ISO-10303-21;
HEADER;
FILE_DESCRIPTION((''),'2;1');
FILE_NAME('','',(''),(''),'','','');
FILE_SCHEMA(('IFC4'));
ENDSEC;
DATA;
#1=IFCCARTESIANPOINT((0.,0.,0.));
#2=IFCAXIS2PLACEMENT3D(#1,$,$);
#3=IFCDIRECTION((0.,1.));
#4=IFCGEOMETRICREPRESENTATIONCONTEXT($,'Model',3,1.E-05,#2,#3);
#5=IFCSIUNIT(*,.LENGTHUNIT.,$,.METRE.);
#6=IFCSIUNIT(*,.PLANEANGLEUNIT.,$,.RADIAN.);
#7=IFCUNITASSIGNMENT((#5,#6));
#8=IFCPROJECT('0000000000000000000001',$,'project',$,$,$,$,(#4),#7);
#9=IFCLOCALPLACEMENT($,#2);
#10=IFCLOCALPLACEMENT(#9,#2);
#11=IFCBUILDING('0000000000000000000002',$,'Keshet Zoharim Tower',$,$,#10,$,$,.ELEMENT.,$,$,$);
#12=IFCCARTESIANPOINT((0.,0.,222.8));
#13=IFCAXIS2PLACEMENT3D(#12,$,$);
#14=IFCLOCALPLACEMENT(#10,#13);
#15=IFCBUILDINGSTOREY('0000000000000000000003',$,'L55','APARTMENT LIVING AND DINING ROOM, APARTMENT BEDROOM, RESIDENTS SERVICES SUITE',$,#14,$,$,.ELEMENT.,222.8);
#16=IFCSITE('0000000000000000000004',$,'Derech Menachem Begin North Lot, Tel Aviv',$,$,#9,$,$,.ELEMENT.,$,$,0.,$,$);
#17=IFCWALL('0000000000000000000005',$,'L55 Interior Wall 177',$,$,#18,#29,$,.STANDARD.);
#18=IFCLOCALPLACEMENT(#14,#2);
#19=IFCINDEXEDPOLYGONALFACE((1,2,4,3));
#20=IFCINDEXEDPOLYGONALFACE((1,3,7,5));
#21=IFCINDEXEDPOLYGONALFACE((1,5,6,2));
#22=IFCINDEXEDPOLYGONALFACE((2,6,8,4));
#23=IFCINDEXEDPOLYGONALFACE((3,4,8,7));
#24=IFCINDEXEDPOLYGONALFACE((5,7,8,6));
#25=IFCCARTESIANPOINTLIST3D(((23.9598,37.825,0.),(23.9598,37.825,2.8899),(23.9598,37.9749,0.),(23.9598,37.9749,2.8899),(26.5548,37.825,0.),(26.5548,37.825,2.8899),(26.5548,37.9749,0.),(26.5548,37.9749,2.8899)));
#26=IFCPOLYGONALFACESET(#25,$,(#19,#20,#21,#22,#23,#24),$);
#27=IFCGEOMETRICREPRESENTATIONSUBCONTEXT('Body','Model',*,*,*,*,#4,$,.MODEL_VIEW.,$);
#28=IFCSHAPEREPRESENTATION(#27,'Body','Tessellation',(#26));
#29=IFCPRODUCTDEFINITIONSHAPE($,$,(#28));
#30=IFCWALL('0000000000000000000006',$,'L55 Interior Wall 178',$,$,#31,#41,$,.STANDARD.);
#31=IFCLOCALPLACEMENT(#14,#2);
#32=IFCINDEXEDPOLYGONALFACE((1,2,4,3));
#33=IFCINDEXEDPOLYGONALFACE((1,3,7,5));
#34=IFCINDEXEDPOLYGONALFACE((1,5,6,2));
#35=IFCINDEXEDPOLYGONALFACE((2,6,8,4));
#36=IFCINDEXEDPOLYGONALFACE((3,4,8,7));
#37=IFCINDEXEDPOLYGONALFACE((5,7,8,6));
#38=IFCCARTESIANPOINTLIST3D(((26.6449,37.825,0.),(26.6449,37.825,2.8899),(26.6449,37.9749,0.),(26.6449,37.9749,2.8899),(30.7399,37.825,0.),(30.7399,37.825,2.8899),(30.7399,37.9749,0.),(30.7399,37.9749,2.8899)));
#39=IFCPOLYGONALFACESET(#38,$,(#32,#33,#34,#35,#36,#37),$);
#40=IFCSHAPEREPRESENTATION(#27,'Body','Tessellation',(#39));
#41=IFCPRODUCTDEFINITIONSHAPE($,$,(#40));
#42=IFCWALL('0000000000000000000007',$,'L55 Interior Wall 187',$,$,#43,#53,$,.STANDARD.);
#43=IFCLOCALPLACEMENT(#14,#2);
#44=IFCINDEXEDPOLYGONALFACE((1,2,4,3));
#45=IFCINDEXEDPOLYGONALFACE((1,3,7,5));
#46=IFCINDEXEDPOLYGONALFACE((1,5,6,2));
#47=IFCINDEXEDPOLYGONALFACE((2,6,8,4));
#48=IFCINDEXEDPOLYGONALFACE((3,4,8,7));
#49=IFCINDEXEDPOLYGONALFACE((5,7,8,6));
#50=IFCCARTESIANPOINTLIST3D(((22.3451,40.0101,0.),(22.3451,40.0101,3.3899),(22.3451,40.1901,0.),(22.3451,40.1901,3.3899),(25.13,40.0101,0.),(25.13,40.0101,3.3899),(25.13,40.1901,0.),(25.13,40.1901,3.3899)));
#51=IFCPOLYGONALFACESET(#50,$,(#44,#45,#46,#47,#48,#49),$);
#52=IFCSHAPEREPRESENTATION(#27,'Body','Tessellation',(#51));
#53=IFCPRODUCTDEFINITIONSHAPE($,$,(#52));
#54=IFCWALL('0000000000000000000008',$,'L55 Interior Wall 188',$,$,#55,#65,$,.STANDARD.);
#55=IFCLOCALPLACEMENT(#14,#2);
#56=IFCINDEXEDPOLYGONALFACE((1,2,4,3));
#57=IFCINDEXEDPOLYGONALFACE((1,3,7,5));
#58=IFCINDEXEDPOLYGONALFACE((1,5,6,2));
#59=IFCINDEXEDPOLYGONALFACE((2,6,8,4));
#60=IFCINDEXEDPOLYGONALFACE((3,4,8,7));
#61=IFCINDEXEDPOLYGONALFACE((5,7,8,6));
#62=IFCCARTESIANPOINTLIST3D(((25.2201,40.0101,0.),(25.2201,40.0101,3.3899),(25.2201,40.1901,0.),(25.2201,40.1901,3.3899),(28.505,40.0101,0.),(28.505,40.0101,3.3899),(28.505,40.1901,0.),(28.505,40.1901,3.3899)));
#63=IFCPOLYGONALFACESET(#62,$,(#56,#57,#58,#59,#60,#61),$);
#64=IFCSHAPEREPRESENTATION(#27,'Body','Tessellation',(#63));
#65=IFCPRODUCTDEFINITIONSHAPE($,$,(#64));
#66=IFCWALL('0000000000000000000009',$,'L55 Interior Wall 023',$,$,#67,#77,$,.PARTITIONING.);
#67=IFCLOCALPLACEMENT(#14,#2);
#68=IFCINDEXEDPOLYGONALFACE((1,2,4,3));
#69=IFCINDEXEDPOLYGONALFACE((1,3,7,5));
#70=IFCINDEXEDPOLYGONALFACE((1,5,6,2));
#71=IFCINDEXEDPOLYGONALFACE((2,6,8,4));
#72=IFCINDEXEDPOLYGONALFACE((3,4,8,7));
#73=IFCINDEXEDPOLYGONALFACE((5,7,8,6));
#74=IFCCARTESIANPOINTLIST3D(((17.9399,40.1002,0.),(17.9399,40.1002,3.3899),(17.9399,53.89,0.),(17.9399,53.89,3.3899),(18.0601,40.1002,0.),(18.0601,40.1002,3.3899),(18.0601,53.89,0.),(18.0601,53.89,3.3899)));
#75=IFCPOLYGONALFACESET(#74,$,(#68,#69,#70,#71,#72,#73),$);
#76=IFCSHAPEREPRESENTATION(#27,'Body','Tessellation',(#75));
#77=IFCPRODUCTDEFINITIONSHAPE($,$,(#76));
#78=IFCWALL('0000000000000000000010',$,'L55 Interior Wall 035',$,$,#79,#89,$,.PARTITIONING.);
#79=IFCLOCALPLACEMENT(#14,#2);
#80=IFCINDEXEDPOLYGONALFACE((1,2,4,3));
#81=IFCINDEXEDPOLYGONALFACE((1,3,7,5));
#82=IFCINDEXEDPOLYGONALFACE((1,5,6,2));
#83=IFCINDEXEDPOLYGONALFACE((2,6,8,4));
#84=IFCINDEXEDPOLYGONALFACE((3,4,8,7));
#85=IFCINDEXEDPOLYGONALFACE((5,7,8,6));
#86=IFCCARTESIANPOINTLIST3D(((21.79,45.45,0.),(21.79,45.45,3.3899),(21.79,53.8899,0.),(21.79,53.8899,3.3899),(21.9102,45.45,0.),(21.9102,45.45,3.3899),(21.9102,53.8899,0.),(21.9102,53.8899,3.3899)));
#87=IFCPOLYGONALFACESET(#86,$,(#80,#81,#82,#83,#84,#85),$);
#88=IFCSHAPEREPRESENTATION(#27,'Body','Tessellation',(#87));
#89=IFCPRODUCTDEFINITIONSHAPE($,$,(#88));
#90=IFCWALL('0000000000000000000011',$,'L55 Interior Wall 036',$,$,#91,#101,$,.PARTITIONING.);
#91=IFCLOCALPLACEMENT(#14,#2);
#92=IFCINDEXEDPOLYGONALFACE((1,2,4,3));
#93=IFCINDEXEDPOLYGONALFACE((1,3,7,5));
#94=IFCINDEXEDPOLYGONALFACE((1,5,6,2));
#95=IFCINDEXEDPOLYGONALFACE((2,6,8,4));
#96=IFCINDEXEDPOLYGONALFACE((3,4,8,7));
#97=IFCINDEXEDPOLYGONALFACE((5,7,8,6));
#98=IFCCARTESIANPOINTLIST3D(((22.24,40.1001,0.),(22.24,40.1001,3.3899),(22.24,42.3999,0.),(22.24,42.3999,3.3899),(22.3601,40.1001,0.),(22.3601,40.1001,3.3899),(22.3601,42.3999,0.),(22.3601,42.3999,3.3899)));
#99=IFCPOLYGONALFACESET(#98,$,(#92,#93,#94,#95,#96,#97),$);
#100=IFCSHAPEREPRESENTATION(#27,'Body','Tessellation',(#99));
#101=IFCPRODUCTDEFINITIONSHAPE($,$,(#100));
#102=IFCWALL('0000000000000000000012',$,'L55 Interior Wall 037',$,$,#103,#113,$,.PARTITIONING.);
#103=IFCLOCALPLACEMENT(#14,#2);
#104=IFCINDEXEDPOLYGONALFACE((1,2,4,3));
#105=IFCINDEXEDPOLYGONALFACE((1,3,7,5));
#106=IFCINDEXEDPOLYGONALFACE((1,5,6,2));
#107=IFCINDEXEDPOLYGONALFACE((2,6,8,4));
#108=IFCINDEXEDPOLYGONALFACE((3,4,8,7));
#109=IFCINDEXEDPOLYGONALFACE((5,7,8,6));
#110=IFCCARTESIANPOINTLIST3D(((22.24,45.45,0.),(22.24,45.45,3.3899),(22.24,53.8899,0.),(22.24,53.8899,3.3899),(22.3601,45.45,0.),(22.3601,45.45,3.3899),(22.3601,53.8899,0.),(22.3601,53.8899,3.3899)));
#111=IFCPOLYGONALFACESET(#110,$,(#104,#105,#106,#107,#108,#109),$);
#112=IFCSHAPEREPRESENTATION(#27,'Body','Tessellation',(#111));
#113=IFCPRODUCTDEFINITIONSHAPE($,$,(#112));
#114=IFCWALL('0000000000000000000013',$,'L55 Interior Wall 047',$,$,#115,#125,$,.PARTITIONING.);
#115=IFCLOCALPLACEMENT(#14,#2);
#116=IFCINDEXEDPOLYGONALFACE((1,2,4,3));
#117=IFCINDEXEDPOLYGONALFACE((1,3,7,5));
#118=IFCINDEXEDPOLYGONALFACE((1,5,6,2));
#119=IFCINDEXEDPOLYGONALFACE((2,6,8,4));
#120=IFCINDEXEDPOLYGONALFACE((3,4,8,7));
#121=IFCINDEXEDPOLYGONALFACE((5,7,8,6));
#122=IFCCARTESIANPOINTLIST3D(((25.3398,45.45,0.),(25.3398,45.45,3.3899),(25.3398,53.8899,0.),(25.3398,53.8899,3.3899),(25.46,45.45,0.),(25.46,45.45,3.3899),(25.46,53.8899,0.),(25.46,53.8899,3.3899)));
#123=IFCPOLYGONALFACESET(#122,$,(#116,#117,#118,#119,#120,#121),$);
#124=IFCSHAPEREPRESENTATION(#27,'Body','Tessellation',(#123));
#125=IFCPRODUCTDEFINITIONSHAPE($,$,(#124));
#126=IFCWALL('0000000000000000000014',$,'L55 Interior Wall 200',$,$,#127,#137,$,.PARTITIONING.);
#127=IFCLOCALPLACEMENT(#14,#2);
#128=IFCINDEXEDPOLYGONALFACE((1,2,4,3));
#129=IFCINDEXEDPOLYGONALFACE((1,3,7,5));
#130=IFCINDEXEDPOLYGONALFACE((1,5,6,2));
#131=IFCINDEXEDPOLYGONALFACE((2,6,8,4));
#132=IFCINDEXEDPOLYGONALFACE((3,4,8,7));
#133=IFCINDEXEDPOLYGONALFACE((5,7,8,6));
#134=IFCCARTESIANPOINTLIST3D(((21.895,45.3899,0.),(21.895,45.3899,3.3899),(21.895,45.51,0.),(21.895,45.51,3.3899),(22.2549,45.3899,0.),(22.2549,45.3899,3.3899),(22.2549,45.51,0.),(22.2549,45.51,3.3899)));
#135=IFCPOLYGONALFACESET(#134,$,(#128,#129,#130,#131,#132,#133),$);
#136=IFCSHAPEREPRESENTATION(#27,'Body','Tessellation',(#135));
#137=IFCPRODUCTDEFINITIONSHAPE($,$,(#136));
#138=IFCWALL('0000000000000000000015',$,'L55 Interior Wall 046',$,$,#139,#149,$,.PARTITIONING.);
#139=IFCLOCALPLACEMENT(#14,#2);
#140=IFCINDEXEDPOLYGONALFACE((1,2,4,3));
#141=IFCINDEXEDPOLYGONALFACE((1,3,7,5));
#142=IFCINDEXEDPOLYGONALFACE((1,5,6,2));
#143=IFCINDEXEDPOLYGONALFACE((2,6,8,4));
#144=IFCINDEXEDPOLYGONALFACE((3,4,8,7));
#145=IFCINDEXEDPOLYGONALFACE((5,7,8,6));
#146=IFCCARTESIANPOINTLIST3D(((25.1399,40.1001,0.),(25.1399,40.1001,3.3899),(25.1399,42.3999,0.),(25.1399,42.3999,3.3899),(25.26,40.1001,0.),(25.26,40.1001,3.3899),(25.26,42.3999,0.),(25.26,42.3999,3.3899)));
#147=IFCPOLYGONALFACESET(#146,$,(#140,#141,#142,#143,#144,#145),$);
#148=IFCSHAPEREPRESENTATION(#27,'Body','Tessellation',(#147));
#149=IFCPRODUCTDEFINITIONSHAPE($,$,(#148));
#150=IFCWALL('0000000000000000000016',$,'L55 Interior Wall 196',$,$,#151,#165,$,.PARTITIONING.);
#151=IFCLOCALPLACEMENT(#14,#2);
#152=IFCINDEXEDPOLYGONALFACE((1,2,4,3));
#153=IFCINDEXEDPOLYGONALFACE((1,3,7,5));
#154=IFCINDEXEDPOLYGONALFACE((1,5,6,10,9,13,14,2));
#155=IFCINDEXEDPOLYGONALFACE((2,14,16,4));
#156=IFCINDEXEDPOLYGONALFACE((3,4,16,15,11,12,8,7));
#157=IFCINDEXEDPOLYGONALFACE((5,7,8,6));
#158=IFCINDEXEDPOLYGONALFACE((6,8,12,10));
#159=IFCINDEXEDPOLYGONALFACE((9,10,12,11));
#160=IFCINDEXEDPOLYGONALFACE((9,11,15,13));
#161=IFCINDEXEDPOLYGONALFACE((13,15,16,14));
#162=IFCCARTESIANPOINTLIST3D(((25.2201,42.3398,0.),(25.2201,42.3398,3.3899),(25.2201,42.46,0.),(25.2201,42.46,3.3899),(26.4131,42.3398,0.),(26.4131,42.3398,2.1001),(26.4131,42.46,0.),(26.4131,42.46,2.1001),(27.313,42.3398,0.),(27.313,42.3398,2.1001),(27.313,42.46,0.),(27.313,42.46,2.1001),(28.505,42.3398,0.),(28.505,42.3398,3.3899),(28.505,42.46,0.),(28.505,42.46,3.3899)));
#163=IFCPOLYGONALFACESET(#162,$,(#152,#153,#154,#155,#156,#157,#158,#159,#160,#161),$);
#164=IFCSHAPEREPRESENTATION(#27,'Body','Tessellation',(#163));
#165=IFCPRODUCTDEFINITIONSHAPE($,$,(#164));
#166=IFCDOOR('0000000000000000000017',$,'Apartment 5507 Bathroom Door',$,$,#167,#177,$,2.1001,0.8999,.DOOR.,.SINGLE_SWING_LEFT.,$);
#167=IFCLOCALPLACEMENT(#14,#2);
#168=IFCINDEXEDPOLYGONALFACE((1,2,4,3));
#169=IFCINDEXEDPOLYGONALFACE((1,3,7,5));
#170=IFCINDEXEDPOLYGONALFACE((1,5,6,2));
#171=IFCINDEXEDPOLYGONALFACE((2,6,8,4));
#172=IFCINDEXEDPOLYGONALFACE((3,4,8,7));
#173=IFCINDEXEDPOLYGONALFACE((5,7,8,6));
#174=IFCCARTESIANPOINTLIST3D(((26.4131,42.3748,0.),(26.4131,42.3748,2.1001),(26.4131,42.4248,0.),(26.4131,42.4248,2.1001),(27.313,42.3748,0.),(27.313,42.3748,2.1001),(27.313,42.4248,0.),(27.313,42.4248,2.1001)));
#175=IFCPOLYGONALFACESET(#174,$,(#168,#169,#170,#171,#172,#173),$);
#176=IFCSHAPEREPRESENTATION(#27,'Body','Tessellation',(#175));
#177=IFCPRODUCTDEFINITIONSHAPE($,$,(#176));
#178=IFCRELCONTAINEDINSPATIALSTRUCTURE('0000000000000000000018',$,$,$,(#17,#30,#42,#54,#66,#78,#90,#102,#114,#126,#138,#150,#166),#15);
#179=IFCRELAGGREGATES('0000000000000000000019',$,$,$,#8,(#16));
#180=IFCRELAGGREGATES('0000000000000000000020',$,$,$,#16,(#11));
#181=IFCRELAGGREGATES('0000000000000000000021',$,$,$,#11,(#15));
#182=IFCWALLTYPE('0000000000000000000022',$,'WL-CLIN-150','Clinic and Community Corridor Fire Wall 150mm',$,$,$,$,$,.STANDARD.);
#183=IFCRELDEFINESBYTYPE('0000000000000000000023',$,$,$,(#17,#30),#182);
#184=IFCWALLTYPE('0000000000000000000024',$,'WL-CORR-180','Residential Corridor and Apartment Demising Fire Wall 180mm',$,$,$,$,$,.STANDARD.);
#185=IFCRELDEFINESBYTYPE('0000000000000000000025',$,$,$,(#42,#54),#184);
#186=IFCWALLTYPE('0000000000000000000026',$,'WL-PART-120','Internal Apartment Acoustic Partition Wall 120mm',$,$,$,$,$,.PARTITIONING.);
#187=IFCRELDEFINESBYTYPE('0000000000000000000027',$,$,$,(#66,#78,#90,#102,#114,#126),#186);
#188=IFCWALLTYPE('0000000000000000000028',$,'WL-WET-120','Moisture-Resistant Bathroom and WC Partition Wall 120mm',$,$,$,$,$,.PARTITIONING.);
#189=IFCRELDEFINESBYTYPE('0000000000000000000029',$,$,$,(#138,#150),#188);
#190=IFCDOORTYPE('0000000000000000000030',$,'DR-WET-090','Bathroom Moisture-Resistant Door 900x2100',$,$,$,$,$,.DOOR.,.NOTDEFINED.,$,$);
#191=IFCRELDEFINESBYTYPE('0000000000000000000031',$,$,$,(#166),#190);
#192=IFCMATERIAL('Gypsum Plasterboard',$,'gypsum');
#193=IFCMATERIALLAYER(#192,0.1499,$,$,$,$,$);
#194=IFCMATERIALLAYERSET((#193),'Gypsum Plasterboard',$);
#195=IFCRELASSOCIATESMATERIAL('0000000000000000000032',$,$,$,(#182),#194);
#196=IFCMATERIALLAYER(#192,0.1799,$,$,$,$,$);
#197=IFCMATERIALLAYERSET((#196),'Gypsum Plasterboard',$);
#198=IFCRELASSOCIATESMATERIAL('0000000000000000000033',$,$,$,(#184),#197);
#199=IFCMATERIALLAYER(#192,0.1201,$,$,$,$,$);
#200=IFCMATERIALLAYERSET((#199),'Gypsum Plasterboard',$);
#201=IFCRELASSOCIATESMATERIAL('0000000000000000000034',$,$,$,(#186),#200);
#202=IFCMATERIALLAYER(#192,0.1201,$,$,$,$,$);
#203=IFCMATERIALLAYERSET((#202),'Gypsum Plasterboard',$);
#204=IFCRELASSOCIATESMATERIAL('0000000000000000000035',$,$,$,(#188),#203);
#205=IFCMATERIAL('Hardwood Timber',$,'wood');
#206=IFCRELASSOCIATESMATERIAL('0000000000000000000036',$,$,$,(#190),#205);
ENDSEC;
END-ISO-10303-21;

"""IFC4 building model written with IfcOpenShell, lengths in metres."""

from ifc_helpers import new_model, si_unit, direction, frame, frame_2d, origin, place, context, subcontext, project, spatial, rectangle, extrude, material, layer, layer_set, type_object, element, fill, save


model = new_model("IFC4")

# Units and contexts
model_context = context("Model", 3, precision=1e-05, world=origin(), true_north=direction((0.0, 1.0)))
body_context = subcontext(model_context, "Body", "Model", "MODEL_VIEW")
ifc_project = project(units=[si_unit("LENGTHUNIT", "METRE"), si_unit("PLANEANGLEUNIT", "RADIAN")], contexts=[model_context])

# Site, building, storey
site_placement = place(None, origin())
site = spatial("IfcSite", under=ifc_project, at=site_placement, Name="Derech Menachem Begin North Lot, Tel Aviv", CompositionType="ELEMENT", RefElevation=0.0)
building_placement = place(site_placement, origin())
building = spatial("IfcBuilding", under=site, at=building_placement, Name="Keshet Zoharim Tower", CompositionType="ELEMENT")
storey_placement = place(building_placement, frame((0.0, 0.0, 222.8)))
storey = spatial("IfcBuildingStorey", under=building, at=storey_placement, Name="L55", Description="APARTMENT LIVING AND DINING ROOM, APARTMENT BEDROOM, RESIDENTS SERVICES SUITE", CompositionType="ELEMENT", Elevation=222.8)

# Walls
ifc_material_1 = material(Name="Gypsum Plasterboard", Category="gypsum")
ifc_layer_1 = layer(ifc_material_1, 0.1499)
ifc_layer_set_1 = layer_set([ifc_layer_1], Name="Gypsum Plasterboard")
wall_type_1 = type_object("IfcWallType", Name="WL-CLIN-150", Description="Clinic and Community Corridor Fire Wall 150mm", PredefinedType="STANDARD", material=ifc_layer_set_1)
wall_1_placement = place(storey_placement, frame((23.96, 37.8999, 0.0), z_axis=(0.0, 0.0, 1.0), x_axis=(1.0, 0.0, 0.0)))
element("IfcWall", 1, at=wall_1_placement, inside=storey, type_object=wall_type_1, Name="L55 Interior Wall 177", PredefinedType="STANDARD", context=body_context, shape_type="SweptSolid", body=[
    extrude(rectangle(XDim=2.595, YDim=0.1499, at=frame_2d((1.2974, 0.0))), origin(), (0.0, 0.0, 1.0), 2.8899),
])
wall_2_placement = place(storey_placement, frame((26.645, 37.8999, 0.0), z_axis=(0.0, 0.0, 1.0), x_axis=(1.0, 0.0, 0.0)))
element("IfcWall", 2, at=wall_2_placement, inside=storey, type_object=wall_type_1, Name="L55 Interior Wall 178", PredefinedType="STANDARD", context=body_context, shape_type="SweptSolid", body=[
    extrude(rectangle(XDim=4.095, YDim=0.1499, at=frame_2d((2.0474, 0.0))), origin(), (0.0, 0.0, 1.0), 2.8899),
])

# Shared definitions
ifc_layer_2 = layer(ifc_material_1, 0.1799)
ifc_layer_set_2 = layer_set([ifc_layer_2], Name="Gypsum Plasterboard")
wall_type_2 = type_object("IfcWallType", Name="WL-CORR-180", Description="Residential Corridor and Apartment Demising Fire Wall 180mm", PredefinedType="STANDARD", material=ifc_layer_set_2)
ifc_material_2 = material(Name="Hardwood Timber", Category="wood")

# Walls
wall_3_placement = place(storey_placement, frame((22.345, 40.1001, 0.0), z_axis=(0.0, 0.0, 1.0), x_axis=(1.0, 0.0, 0.0)))
element("IfcWall", 3, at=wall_3_placement, inside=storey, type_object=wall_type_2, Name="L55 Interior Wall 187", PredefinedType="STANDARD", context=body_context, shape_type="SweptSolid", body=[
    extrude(rectangle(XDim=2.7849, YDim=0.1799, at=frame_2d((1.3926, 0.0))), origin(), (0.0, 0.0, 1.0), 3.3899),
])
wall_4_placement = place(storey_placement, frame((25.22, 40.1001, 0.0), z_axis=(0.0, 0.0, 1.0), x_axis=(1.0, 0.0, 0.0)))
element("IfcWall", 4, at=wall_4_placement, inside=storey, type_object=wall_type_2, Name="L55 Interior Wall 188", PredefinedType="STANDARD", context=body_context, shape_type="SweptSolid", body=[
    extrude(rectangle(XDim=3.2849, YDim=0.1799, at=frame_2d((1.6426, 0.0))), origin(), (0.0, 0.0, 1.0), 3.3899),
])
ifc_layer_3 = layer(ifc_material_1, 0.1201)
ifc_layer_set_3 = layer_set([ifc_layer_3], Name="Gypsum Plasterboard")
wall_type_3 = type_object("IfcWallType", Name="WL-PART-120", Description="Internal Apartment Acoustic Partition Wall 120mm", PredefinedType="PARTITIONING", material=ifc_layer_set_3)
wall_5_placement = place(storey_placement, frame((18.0, 40.1001, 0.0), z_axis=(0.0, 0.0, 1.0), x_axis=(0.0, 1.0, 0.0)))
element("IfcWall", 5, at=wall_5_placement, inside=storey, type_object=wall_type_3, Name="L55 Interior Wall 023", PredefinedType="PARTITIONING", context=body_context, shape_type="SweptSolid", body=[
    extrude(rectangle(XDim=13.7898, YDim=0.1201, at=frame_2d((6.895, 0.0))), origin(), (0.0, 0.0, 1.0), 3.3899),
])
wall_6_placement = place(storey_placement, frame((21.8501, 45.45, 0.0), z_axis=(0.0, 0.0, 1.0), x_axis=(0.0, 1.0, 0.0)))
element("IfcWall", 6, at=wall_6_placement, inside=storey, type_object=wall_type_3, Name="L55 Interior Wall 035", PredefinedType="PARTITIONING", context=body_context, shape_type="SweptSolid", body=[
    extrude(rectangle(XDim=8.4399, YDim=0.1201, at=frame_2d((4.22, 0.0))), origin(), (0.0, 0.0, 1.0), 3.3899),
])
wall_7_placement = place(storey_placement, frame((22.3, 40.1001, 0.0), z_axis=(0.0, 0.0, 1.0), x_axis=(0.0, 1.0, 0.0)))
element("IfcWall", 7, at=wall_7_placement, inside=storey, type_object=wall_type_3, Name="L55 Interior Wall 036", PredefinedType="PARTITIONING", context=body_context, shape_type="SweptSolid", body=[
    extrude(rectangle(XDim=2.2998, YDim=0.1201, at=frame_2d((1.1499, 0.0))), origin(), (0.0, 0.0, 1.0), 3.3899),
])
for number, where, z_axis, x_axis, name in (
    (8, (22.3, 45.45, 0.0), (0.0, 0.0, 1.0), (0.0, 1.0, 0.0), "L55 Interior Wall 037"),
    (9, (25.3999, 45.45, 0.0), (0.0, 0.0, 1.0), (0.0, 1.0, 0.0), "L55 Interior Wall 047"),
):
    element("IfcWall", number, at=place(storey_placement, frame(where, z_axis=z_axis, x_axis=x_axis)), inside=storey, type_object=wall_type_3, Name=name, PredefinedType="PARTITIONING", context=body_context, shape_type="SweptSolid", body=[
        extrude(rectangle(XDim=8.4399, YDim=0.1201, at=frame_2d((4.22, 0.0))), origin(), (0.0, 0.0, 1.0), 3.3899),
    ])

# Wall
wall_8_placement = place(storey_placement, frame((21.895, 45.45, 0.0), z_axis=(0.0, 0.0, 1.0), x_axis=(1.0, 0.0, 0.0)))
element("IfcWall", 10, at=wall_8_placement, inside=storey, type_object=wall_type_3, Name="L55 Interior Wall 200", PredefinedType="PARTITIONING", context=body_context, shape_type="SweptSolid", body=[
    extrude(rectangle(XDim=0.3599, YDim=0.1201, at=frame_2d((0.1799, 0.0))), origin(), (0.0, 0.0, 1.0), 3.3899),
])

# Wall
ifc_layer_4 = layer(ifc_material_1, 0.1201)
ifc_layer_set_4 = layer_set([ifc_layer_4], Name="Gypsum Plasterboard")
wall_type_4 = type_object("IfcWallType", Name="WL-WET-120", Description="Moisture-Resistant Bathroom and WC Partition Wall 120mm", PredefinedType="PARTITIONING", material=ifc_layer_set_4)
wall_9_placement = place(storey_placement, frame((25.2, 40.1001, 0.0), z_axis=(0.0, 0.0, 1.0), x_axis=(0.0, 1.0, 0.0)))
element("IfcWall", 11, at=wall_9_placement, inside=storey, type_object=wall_type_4, Name="L55 Interior Wall 046", PredefinedType="PARTITIONING", context=body_context, shape_type="SweptSolid", body=[
    extrude(rectangle(XDim=2.2998, YDim=0.1201, at=frame_2d((1.1499, 0.0))), origin(), (0.0, 0.0, 1.0), 3.3899),
])

# Wall, opening, door
wall_10_placement = place(storey_placement, frame((25.22, 42.3999, 0.0), z_axis=(0.0, 0.0, 1.0), x_axis=(1.0, 0.0, 0.0)))
wall_10 = element("IfcWall", 12, at=wall_10_placement, inside=storey, type_object=wall_type_4, Name="L55 Interior Wall 196", PredefinedType="PARTITIONING", context=body_context, shape_type="SweptSolid", body=[
    extrude(rectangle(XDim=3.2849, YDim=0.1201, at=frame_2d((1.6426, 0.0))), origin(), (0.0, 0.0, 1.0), 3.3899),
])
opening_1_placement = place(wall_10_placement, frame((1.1931, 0.0, 0.0)))
opening_1 = element("IfcOpeningElement", 13, at=opening_1_placement, cuts=wall_10, PredefinedType="OPENING", context=body_context, shape_type="SweptSolid", body=[
    extrude(rectangle(XDim=0.8999, YDim=2.1001, at=frame_2d((0.45, 1.05))), frame((0.0, 0.0701, 0.0), z_axis=(0.0, -1.0, 0.0), x_axis=(1.0, 0.0, 0.0)), (0.0, 0.0, 1.0), 0.1401),
])
door_type_1 = type_object("IfcDoorType", Name="DR-WET-090", Description="Bathroom Moisture-Resistant Door 900x2100", OperationType="NOTDEFINED", PredefinedType="DOOR", material=ifc_material_2)
door_1_placement = place(opening_1_placement, origin())
door_1 = element("IfcDoor", 14, at=door_1_placement, inside=storey, type_object=door_type_1, Name="Apartment 5507 Bathroom Door", OperationType="SINGLE_SWING_LEFT", OverallHeight=2.1001, OverallWidth=0.8999, PredefinedType="DOOR", context=body_context, shape_type="SweptSolid", body=[
    extrude(rectangle(XDim=0.8999, YDim=2.1001, at=frame_2d((0.45, 1.05))), frame((0.0, 0.0249, 0.0), z_axis=(0.0, -1.0, 0.0), x_axis=(1.0, 0.0, 0.0)), (0.0, 0.0, 1.0), 0.05),
])
fill(opening_1, door_1)

save(model, "model.ifc")
